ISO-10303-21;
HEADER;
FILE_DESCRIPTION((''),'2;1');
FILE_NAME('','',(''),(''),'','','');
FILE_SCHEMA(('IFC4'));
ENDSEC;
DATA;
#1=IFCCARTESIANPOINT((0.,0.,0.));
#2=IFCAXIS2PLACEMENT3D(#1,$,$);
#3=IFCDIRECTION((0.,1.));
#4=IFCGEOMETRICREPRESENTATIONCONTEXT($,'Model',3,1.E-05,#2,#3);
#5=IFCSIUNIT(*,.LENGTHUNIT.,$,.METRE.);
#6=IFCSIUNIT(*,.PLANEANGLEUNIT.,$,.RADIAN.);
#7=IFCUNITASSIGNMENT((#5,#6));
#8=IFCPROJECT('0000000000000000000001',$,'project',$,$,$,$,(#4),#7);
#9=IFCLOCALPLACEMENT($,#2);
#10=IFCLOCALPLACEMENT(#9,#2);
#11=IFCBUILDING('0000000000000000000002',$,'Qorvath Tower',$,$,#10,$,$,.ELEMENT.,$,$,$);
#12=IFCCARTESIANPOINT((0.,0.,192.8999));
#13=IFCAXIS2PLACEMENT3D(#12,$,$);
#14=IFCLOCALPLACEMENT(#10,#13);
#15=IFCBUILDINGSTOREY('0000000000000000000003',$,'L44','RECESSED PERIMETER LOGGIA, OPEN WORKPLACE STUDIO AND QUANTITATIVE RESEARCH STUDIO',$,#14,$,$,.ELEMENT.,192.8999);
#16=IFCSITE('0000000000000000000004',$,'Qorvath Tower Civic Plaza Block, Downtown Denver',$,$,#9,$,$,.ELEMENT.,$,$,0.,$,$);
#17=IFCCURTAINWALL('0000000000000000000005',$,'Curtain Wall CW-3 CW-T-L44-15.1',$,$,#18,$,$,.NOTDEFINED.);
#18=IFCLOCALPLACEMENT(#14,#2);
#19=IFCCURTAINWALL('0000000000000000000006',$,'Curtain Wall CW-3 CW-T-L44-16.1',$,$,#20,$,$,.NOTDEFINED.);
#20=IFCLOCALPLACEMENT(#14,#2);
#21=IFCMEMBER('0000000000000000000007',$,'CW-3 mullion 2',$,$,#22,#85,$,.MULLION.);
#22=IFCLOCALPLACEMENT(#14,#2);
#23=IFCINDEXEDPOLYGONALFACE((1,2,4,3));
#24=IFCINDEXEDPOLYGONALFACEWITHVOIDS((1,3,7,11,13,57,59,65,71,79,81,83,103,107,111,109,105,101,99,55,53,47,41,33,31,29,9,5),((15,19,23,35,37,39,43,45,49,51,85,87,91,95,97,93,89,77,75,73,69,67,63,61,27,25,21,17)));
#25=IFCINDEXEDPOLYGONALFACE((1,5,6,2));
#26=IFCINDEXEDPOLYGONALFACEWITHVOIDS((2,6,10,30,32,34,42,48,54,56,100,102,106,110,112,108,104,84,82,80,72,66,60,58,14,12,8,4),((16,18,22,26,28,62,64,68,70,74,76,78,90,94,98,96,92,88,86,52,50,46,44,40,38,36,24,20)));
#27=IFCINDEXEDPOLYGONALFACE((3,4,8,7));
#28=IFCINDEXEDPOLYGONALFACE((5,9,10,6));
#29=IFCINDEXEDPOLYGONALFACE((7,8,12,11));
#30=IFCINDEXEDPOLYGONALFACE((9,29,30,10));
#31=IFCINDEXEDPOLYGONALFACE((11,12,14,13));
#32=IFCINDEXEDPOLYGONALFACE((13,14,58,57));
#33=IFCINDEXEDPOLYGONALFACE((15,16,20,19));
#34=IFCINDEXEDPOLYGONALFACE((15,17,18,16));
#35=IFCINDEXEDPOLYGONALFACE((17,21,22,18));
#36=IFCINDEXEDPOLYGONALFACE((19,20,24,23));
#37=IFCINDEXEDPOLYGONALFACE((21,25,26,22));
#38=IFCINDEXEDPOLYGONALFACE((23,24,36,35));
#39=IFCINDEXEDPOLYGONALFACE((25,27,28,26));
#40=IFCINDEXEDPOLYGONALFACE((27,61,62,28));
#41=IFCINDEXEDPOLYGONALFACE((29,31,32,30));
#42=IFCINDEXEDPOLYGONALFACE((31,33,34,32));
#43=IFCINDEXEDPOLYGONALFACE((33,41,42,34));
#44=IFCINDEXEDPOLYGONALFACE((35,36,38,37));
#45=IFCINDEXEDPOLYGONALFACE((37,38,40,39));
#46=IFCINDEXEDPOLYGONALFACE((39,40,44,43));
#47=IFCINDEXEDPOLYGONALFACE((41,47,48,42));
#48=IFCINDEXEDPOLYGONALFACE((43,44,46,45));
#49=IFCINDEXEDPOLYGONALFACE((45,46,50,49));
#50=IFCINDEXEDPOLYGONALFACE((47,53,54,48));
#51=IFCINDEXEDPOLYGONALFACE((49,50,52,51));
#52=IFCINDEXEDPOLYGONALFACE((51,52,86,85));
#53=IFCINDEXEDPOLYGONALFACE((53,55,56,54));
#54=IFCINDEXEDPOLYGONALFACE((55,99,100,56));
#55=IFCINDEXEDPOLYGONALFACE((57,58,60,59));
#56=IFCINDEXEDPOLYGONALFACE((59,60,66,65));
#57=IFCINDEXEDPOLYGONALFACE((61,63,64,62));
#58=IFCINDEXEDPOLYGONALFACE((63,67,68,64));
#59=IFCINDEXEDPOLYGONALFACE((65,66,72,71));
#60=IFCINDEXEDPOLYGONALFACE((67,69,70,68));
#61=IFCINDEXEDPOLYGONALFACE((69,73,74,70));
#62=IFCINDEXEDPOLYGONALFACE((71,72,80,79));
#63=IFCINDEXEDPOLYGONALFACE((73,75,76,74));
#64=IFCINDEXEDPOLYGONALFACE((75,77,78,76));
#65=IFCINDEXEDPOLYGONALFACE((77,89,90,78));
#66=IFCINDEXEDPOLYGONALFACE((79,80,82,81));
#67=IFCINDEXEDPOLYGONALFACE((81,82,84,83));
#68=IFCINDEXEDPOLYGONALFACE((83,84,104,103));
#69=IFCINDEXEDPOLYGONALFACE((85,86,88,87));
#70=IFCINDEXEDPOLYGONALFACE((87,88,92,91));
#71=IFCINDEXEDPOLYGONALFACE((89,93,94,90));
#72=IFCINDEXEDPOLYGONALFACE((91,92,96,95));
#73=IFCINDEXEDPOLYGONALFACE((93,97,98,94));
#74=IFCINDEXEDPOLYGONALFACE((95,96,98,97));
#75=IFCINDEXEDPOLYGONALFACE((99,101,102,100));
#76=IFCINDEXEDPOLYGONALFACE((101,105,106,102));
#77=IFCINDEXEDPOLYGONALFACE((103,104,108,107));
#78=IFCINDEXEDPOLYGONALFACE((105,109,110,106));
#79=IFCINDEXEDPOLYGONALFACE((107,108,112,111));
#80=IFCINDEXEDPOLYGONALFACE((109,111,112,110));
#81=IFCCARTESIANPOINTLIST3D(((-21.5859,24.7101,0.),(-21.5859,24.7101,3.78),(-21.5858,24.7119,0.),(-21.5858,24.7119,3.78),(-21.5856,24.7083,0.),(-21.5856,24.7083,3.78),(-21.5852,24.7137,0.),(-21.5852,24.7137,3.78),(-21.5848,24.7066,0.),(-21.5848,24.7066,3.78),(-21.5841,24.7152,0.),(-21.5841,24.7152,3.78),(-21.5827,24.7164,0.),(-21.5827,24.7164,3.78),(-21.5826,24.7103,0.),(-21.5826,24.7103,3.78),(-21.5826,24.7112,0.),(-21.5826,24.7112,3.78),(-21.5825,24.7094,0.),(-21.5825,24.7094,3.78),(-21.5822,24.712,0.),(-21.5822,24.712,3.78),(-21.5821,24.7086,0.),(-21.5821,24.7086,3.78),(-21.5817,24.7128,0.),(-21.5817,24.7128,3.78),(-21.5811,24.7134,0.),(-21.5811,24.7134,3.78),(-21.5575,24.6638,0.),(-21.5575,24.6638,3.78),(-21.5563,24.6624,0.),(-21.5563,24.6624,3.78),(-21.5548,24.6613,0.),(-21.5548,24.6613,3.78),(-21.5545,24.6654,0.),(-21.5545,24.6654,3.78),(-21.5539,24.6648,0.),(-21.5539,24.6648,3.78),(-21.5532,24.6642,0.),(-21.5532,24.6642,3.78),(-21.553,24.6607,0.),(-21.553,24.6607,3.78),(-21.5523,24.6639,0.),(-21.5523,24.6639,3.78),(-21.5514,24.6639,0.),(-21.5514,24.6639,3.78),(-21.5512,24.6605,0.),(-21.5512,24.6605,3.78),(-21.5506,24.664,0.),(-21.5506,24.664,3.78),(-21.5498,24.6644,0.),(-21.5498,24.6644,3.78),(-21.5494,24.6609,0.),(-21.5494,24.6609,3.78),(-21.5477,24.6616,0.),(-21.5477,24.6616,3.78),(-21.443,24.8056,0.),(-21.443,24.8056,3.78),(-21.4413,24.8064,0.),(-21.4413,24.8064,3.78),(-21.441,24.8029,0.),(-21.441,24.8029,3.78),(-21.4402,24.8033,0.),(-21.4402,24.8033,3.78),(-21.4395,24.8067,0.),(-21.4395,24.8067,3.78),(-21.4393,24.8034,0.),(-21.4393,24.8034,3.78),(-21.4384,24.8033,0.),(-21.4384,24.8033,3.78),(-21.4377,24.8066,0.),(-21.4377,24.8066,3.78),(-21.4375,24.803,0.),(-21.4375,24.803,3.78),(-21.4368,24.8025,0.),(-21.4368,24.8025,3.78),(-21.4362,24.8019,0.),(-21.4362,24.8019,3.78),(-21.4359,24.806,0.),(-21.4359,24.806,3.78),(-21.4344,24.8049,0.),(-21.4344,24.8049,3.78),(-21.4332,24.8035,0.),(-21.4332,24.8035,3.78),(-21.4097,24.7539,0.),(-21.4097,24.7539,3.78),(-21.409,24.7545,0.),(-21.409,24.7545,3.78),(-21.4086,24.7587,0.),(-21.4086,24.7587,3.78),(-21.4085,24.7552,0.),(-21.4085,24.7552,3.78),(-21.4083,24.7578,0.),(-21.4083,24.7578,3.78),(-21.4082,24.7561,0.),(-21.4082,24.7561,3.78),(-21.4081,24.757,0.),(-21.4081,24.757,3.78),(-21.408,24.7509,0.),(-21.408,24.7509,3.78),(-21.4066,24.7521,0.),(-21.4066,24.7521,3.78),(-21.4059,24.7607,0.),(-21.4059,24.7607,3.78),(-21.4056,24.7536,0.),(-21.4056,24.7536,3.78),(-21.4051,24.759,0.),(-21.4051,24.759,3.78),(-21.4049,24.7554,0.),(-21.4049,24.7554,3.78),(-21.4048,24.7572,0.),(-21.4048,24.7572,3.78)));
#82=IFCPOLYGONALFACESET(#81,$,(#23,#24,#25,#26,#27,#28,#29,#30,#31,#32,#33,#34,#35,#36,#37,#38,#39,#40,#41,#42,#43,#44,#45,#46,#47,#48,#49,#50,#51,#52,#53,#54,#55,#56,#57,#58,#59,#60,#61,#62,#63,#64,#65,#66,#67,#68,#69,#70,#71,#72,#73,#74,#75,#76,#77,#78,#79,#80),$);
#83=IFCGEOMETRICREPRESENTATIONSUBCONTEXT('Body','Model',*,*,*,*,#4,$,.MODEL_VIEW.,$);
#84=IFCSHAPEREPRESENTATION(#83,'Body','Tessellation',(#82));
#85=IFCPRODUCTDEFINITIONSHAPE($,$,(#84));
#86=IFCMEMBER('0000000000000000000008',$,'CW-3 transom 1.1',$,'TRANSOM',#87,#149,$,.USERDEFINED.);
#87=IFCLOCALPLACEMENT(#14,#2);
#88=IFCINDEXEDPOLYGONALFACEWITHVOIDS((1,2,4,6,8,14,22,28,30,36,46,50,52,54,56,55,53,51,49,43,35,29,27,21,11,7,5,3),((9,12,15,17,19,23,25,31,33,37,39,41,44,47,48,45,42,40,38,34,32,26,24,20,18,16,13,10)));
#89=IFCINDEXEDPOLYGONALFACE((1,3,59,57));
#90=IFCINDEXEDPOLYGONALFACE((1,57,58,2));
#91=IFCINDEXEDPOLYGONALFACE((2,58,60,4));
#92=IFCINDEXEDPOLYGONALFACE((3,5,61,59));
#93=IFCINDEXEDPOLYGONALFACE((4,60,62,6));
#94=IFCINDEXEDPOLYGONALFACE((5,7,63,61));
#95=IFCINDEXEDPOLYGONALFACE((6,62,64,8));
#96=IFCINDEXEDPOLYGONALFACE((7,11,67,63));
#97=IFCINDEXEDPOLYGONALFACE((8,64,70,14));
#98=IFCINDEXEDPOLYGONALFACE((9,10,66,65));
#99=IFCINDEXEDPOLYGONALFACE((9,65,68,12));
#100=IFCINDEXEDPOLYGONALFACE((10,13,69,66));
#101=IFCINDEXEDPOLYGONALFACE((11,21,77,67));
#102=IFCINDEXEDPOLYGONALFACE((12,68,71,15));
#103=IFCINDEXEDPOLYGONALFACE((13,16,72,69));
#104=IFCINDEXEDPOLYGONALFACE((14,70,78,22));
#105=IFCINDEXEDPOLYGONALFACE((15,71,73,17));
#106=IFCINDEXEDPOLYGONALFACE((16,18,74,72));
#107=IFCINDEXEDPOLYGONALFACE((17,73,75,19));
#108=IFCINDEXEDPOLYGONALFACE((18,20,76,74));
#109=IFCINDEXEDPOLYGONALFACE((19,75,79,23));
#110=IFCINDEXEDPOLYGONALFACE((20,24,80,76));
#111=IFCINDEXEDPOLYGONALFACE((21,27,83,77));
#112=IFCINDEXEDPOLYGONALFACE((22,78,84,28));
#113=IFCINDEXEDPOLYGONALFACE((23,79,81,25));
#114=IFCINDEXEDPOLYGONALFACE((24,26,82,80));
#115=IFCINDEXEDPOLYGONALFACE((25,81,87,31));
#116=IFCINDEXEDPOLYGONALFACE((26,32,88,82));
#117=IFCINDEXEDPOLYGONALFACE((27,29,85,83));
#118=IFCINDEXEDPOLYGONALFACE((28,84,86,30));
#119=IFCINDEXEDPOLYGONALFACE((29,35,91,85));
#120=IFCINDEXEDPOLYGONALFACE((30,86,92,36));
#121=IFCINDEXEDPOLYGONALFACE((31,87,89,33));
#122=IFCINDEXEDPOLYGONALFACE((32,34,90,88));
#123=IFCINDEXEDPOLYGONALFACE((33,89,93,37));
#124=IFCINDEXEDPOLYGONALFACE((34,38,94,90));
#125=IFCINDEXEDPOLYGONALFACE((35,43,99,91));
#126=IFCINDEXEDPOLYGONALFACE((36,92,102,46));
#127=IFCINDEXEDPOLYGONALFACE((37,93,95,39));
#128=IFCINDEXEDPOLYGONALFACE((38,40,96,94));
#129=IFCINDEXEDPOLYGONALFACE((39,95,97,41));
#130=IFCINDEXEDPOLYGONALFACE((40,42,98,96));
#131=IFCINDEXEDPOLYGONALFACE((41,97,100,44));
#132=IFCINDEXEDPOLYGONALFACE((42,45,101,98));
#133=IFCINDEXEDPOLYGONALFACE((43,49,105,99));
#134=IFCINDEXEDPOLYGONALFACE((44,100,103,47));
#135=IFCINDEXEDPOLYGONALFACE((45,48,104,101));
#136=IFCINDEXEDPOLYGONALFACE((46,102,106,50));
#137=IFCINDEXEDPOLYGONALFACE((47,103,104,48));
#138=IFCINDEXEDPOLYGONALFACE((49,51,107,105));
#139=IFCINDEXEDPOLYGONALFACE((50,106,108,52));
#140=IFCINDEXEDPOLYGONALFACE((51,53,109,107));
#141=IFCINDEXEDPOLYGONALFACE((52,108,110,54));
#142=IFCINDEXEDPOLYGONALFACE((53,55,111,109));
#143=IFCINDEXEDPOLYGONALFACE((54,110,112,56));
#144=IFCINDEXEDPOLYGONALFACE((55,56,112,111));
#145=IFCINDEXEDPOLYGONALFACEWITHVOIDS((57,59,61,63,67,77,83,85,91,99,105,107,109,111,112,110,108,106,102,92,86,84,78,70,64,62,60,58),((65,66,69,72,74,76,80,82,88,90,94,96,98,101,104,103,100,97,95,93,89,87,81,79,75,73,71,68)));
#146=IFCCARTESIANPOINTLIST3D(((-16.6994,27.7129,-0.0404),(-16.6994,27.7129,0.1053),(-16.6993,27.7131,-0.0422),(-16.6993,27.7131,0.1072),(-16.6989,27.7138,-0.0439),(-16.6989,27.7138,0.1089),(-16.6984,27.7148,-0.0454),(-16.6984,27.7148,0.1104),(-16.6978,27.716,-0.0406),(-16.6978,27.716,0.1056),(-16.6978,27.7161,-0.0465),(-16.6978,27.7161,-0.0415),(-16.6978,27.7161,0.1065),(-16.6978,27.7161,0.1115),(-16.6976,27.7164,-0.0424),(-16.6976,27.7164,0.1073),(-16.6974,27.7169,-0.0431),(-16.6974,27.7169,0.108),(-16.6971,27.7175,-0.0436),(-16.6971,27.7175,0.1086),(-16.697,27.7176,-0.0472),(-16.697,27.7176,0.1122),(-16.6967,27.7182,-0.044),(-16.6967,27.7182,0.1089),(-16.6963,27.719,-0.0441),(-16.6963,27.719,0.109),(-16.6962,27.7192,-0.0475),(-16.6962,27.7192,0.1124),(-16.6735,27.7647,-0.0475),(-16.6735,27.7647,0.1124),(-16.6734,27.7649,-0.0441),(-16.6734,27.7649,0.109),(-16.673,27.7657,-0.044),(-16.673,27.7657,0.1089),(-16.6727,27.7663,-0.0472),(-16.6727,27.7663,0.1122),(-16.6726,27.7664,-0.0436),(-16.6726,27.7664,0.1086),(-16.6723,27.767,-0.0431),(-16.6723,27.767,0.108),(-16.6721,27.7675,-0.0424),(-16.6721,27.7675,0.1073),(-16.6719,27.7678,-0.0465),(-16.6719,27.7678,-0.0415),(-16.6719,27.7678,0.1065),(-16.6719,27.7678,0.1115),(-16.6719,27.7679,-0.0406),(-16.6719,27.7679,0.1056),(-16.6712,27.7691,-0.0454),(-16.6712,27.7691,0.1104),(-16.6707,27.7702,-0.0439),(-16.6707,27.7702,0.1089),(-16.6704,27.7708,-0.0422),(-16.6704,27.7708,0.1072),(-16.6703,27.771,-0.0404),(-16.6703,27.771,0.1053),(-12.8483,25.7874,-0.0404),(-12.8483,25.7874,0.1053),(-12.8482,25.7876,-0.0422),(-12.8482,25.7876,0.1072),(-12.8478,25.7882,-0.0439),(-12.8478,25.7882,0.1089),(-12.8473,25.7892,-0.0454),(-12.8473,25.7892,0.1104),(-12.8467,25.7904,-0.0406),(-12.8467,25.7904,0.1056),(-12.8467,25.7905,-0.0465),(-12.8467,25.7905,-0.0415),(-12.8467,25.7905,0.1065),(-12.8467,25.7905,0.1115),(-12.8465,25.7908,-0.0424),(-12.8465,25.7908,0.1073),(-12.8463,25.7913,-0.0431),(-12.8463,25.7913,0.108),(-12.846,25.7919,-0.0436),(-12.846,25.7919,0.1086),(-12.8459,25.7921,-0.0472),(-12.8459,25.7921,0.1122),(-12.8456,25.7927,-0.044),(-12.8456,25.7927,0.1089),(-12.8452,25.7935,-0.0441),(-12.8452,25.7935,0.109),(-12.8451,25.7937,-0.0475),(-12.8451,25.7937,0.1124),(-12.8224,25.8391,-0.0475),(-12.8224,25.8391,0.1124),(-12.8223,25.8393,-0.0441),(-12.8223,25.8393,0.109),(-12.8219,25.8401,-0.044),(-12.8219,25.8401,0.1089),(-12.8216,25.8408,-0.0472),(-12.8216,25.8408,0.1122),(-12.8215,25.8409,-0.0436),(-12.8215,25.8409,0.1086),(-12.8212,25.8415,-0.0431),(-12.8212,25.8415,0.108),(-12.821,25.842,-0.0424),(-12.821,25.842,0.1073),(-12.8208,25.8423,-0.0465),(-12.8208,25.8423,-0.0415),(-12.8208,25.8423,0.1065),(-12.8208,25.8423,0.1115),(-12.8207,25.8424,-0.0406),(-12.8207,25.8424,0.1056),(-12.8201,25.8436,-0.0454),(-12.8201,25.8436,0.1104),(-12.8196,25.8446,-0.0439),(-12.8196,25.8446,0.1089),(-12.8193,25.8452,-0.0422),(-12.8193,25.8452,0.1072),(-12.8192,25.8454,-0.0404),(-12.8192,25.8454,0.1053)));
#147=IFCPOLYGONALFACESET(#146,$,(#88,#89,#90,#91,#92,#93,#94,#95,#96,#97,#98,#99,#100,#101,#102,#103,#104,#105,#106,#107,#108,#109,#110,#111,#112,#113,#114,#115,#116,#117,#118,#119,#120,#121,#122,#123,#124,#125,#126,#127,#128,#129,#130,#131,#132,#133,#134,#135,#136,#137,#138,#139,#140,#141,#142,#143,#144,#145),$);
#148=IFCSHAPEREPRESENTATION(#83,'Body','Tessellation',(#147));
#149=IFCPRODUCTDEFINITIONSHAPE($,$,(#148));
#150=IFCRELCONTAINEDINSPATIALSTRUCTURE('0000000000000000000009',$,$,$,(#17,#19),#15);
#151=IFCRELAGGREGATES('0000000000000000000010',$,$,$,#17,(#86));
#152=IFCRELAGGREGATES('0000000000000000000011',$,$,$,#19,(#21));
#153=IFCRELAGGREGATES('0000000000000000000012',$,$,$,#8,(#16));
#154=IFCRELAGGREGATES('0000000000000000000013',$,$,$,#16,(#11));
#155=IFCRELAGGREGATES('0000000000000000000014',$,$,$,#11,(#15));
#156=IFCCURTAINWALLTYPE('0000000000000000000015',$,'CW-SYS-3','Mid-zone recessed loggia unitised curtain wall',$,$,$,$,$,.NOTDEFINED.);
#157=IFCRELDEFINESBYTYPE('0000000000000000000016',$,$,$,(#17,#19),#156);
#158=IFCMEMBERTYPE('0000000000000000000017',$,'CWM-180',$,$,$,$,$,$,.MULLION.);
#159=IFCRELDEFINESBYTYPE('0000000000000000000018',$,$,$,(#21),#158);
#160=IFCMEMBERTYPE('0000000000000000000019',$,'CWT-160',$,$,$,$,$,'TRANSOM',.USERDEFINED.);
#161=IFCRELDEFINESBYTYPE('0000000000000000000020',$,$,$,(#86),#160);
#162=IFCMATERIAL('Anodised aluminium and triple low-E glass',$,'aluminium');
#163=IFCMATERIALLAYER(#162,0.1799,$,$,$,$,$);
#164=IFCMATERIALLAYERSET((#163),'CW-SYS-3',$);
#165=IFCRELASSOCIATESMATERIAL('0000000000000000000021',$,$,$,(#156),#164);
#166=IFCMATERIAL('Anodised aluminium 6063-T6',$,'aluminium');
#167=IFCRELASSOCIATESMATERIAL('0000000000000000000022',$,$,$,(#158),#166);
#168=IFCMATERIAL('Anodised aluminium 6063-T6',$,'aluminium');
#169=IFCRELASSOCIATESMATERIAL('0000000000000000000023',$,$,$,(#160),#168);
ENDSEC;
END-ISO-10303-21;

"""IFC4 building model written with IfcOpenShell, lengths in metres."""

from ifc_helpers import new_model, si_unit, direction, frame, origin, origin_2d, place, context, subcontext, project, spatial, hollow_rectangle, extrude, material, layer, layer_set, material_profile, profile_set, type_object, element, aggregate, save


model = new_model("IFC4")

# Units and contexts
model_context = context("Model", 3, precision=1e-05, world=origin(), true_north=direction((0.0, 1.0)))
body_context = subcontext(model_context, "Body", "Model", "MODEL_VIEW")
ifc_project = project(units=[si_unit("LENGTHUNIT", "METRE"), si_unit("PLANEANGLEUNIT", "RADIAN")], contexts=[model_context])

# Site, building, storey
site_placement = place(None, origin())
site = spatial("IfcSite", under=ifc_project, at=site_placement, Name="Qorvath Tower Civic Plaza Block, Downtown Denver", CompositionType="ELEMENT", RefElevation=0.0)
building_placement = place(site_placement, origin())
building = spatial("IfcBuilding", under=site, at=building_placement, Name="Qorvath Tower", CompositionType="ELEMENT")
storey_placement = place(building_placement, frame((0.0, 0.0, 192.8999)))
storey = spatial("IfcBuildingStorey", under=building, at=storey_placement, Name="L44", Description="RECESSED PERIMETER LOGGIA, OPEN WORKPLACE STUDIO AND QUANTITATIVE RESEARCH STUDIO", CompositionType="ELEMENT", Elevation=192.8999)

# Curtain wall
ifc_material_1 = material(Name="Anodised aluminium and triple low-E glass", Category="aluminium")
ifc_layer_1 = layer(ifc_material_1, 0.1799)
ifc_layer_set_1 = layer_set([ifc_layer_1], Name="CW-SYS-3")
curtain_wall_type = type_object("IfcCurtainWallType", Name="CW-SYS-3", Description="Mid-zone recessed loggia unitised curtain wall", PredefinedType="NOTDEFINED", material=ifc_layer_set_1)
curtain_wall_1_placement = place(storey_placement, origin())
curtain_wall_1 = element("IfcCurtainWall", 1, at=curtain_wall_1_placement, inside=storey, type_object=curtain_wall_type, Name="Curtain Wall CW-3 CW-T-L44-15.1", PredefinedType="NOTDEFINED")
ifc_material_2 = material(Name="Anodised aluminium 6063-T6", Category="aluminium")
ifc_material_profile_1 = material_profile(ifc_material_2, hollow_rectangle(XDim=0.0649, YDim=0.1799, WallThickness=0.0034, InnerFilletRadius=0.0034, OuterFilletRadius=0.0071, at=origin_2d()), Name="CWM 180x65")
ifc_profile_set_1 = profile_set([ifc_material_profile_1], Name="Anodised aluminium 6063-T6")
member_type_1 = type_object("IfcMemberType", Name="CWM-180", PredefinedType="MULLION", material=ifc_profile_set_1)

# Curtain wall, member
curtain_wall_2_placement = place(storey_placement, origin())
curtain_wall_2 = element("IfcCurtainWall", 2, at=curtain_wall_2_placement, inside=storey, type_object=curtain_wall_type, Name="Curtain Wall CW-3 CW-T-L44-16.1", PredefinedType="NOTDEFINED")
member_1_placement = place(storey_placement, frame((-21.4954, 24.7336, 0.0), z_axis=(0.0, 0.0, 1.0), x_axis=(0.538534, -0.842604, 0.0)))
member_1 = element("IfcMember", 3, at=member_1_placement, type_object=member_type_1, Name="CW-3 mullion 2", PredefinedType="MULLION", context=body_context, shape_type="SweptSolid", body=[
    extrude(hollow_rectangle(XDim=0.0649, YDim=0.1799, WallThickness=0.0034, InnerFilletRadius=0.0034, OuterFilletRadius=0.0071, at=origin_2d()), origin(), (0.0, 0.0, 1.0), 3.78),
])

# Member
ifc_material_3 = material(Name="Anodised aluminium 6063-T6", Category="aluminium")
ifc_material_profile_2 = material_profile(ifc_material_3, hollow_rectangle(XDim=0.0649, YDim=0.1599, WallThickness=0.0034, InnerFilletRadius=0.0034, OuterFilletRadius=0.0071, at=origin_2d()), Name="CWT 160x65")
ifc_profile_set_2 = profile_set([ifc_material_profile_2], Name="Anodised aluminium 6063-T6")
member_type_2 = type_object("IfcMemberType", Name="CWT-160", ElementType="TRANSOM", PredefinedType="USERDEFINED", material=ifc_profile_set_2)
member_2_placement = place(storey_placement, frame((-12.8337, 25.8164, 0.0325), z_axis=(-0.894427, 0.447214, 0.0), x_axis=(-0.447214, -0.894427, 0.0)))
member_2 = element("IfcMember", 4, at=member_2_placement, type_object=member_type_2, Name="CW-3 transom 1.1", ObjectType="TRANSOM", PredefinedType="USERDEFINED", context=body_context, shape_type="SweptSolid", body=[
    extrude(hollow_rectangle(XDim=0.0649, YDim=0.1599, WallThickness=0.0034, InnerFilletRadius=0.0034, OuterFilletRadius=0.0071, at=origin_2d()), origin(), (0.0, 0.0, 1.0), 4.3057),
])

aggregate(curtain_wall_1, [member_2])
aggregate(curtain_wall_2, [member_1])

save(model, "model.ifc")
